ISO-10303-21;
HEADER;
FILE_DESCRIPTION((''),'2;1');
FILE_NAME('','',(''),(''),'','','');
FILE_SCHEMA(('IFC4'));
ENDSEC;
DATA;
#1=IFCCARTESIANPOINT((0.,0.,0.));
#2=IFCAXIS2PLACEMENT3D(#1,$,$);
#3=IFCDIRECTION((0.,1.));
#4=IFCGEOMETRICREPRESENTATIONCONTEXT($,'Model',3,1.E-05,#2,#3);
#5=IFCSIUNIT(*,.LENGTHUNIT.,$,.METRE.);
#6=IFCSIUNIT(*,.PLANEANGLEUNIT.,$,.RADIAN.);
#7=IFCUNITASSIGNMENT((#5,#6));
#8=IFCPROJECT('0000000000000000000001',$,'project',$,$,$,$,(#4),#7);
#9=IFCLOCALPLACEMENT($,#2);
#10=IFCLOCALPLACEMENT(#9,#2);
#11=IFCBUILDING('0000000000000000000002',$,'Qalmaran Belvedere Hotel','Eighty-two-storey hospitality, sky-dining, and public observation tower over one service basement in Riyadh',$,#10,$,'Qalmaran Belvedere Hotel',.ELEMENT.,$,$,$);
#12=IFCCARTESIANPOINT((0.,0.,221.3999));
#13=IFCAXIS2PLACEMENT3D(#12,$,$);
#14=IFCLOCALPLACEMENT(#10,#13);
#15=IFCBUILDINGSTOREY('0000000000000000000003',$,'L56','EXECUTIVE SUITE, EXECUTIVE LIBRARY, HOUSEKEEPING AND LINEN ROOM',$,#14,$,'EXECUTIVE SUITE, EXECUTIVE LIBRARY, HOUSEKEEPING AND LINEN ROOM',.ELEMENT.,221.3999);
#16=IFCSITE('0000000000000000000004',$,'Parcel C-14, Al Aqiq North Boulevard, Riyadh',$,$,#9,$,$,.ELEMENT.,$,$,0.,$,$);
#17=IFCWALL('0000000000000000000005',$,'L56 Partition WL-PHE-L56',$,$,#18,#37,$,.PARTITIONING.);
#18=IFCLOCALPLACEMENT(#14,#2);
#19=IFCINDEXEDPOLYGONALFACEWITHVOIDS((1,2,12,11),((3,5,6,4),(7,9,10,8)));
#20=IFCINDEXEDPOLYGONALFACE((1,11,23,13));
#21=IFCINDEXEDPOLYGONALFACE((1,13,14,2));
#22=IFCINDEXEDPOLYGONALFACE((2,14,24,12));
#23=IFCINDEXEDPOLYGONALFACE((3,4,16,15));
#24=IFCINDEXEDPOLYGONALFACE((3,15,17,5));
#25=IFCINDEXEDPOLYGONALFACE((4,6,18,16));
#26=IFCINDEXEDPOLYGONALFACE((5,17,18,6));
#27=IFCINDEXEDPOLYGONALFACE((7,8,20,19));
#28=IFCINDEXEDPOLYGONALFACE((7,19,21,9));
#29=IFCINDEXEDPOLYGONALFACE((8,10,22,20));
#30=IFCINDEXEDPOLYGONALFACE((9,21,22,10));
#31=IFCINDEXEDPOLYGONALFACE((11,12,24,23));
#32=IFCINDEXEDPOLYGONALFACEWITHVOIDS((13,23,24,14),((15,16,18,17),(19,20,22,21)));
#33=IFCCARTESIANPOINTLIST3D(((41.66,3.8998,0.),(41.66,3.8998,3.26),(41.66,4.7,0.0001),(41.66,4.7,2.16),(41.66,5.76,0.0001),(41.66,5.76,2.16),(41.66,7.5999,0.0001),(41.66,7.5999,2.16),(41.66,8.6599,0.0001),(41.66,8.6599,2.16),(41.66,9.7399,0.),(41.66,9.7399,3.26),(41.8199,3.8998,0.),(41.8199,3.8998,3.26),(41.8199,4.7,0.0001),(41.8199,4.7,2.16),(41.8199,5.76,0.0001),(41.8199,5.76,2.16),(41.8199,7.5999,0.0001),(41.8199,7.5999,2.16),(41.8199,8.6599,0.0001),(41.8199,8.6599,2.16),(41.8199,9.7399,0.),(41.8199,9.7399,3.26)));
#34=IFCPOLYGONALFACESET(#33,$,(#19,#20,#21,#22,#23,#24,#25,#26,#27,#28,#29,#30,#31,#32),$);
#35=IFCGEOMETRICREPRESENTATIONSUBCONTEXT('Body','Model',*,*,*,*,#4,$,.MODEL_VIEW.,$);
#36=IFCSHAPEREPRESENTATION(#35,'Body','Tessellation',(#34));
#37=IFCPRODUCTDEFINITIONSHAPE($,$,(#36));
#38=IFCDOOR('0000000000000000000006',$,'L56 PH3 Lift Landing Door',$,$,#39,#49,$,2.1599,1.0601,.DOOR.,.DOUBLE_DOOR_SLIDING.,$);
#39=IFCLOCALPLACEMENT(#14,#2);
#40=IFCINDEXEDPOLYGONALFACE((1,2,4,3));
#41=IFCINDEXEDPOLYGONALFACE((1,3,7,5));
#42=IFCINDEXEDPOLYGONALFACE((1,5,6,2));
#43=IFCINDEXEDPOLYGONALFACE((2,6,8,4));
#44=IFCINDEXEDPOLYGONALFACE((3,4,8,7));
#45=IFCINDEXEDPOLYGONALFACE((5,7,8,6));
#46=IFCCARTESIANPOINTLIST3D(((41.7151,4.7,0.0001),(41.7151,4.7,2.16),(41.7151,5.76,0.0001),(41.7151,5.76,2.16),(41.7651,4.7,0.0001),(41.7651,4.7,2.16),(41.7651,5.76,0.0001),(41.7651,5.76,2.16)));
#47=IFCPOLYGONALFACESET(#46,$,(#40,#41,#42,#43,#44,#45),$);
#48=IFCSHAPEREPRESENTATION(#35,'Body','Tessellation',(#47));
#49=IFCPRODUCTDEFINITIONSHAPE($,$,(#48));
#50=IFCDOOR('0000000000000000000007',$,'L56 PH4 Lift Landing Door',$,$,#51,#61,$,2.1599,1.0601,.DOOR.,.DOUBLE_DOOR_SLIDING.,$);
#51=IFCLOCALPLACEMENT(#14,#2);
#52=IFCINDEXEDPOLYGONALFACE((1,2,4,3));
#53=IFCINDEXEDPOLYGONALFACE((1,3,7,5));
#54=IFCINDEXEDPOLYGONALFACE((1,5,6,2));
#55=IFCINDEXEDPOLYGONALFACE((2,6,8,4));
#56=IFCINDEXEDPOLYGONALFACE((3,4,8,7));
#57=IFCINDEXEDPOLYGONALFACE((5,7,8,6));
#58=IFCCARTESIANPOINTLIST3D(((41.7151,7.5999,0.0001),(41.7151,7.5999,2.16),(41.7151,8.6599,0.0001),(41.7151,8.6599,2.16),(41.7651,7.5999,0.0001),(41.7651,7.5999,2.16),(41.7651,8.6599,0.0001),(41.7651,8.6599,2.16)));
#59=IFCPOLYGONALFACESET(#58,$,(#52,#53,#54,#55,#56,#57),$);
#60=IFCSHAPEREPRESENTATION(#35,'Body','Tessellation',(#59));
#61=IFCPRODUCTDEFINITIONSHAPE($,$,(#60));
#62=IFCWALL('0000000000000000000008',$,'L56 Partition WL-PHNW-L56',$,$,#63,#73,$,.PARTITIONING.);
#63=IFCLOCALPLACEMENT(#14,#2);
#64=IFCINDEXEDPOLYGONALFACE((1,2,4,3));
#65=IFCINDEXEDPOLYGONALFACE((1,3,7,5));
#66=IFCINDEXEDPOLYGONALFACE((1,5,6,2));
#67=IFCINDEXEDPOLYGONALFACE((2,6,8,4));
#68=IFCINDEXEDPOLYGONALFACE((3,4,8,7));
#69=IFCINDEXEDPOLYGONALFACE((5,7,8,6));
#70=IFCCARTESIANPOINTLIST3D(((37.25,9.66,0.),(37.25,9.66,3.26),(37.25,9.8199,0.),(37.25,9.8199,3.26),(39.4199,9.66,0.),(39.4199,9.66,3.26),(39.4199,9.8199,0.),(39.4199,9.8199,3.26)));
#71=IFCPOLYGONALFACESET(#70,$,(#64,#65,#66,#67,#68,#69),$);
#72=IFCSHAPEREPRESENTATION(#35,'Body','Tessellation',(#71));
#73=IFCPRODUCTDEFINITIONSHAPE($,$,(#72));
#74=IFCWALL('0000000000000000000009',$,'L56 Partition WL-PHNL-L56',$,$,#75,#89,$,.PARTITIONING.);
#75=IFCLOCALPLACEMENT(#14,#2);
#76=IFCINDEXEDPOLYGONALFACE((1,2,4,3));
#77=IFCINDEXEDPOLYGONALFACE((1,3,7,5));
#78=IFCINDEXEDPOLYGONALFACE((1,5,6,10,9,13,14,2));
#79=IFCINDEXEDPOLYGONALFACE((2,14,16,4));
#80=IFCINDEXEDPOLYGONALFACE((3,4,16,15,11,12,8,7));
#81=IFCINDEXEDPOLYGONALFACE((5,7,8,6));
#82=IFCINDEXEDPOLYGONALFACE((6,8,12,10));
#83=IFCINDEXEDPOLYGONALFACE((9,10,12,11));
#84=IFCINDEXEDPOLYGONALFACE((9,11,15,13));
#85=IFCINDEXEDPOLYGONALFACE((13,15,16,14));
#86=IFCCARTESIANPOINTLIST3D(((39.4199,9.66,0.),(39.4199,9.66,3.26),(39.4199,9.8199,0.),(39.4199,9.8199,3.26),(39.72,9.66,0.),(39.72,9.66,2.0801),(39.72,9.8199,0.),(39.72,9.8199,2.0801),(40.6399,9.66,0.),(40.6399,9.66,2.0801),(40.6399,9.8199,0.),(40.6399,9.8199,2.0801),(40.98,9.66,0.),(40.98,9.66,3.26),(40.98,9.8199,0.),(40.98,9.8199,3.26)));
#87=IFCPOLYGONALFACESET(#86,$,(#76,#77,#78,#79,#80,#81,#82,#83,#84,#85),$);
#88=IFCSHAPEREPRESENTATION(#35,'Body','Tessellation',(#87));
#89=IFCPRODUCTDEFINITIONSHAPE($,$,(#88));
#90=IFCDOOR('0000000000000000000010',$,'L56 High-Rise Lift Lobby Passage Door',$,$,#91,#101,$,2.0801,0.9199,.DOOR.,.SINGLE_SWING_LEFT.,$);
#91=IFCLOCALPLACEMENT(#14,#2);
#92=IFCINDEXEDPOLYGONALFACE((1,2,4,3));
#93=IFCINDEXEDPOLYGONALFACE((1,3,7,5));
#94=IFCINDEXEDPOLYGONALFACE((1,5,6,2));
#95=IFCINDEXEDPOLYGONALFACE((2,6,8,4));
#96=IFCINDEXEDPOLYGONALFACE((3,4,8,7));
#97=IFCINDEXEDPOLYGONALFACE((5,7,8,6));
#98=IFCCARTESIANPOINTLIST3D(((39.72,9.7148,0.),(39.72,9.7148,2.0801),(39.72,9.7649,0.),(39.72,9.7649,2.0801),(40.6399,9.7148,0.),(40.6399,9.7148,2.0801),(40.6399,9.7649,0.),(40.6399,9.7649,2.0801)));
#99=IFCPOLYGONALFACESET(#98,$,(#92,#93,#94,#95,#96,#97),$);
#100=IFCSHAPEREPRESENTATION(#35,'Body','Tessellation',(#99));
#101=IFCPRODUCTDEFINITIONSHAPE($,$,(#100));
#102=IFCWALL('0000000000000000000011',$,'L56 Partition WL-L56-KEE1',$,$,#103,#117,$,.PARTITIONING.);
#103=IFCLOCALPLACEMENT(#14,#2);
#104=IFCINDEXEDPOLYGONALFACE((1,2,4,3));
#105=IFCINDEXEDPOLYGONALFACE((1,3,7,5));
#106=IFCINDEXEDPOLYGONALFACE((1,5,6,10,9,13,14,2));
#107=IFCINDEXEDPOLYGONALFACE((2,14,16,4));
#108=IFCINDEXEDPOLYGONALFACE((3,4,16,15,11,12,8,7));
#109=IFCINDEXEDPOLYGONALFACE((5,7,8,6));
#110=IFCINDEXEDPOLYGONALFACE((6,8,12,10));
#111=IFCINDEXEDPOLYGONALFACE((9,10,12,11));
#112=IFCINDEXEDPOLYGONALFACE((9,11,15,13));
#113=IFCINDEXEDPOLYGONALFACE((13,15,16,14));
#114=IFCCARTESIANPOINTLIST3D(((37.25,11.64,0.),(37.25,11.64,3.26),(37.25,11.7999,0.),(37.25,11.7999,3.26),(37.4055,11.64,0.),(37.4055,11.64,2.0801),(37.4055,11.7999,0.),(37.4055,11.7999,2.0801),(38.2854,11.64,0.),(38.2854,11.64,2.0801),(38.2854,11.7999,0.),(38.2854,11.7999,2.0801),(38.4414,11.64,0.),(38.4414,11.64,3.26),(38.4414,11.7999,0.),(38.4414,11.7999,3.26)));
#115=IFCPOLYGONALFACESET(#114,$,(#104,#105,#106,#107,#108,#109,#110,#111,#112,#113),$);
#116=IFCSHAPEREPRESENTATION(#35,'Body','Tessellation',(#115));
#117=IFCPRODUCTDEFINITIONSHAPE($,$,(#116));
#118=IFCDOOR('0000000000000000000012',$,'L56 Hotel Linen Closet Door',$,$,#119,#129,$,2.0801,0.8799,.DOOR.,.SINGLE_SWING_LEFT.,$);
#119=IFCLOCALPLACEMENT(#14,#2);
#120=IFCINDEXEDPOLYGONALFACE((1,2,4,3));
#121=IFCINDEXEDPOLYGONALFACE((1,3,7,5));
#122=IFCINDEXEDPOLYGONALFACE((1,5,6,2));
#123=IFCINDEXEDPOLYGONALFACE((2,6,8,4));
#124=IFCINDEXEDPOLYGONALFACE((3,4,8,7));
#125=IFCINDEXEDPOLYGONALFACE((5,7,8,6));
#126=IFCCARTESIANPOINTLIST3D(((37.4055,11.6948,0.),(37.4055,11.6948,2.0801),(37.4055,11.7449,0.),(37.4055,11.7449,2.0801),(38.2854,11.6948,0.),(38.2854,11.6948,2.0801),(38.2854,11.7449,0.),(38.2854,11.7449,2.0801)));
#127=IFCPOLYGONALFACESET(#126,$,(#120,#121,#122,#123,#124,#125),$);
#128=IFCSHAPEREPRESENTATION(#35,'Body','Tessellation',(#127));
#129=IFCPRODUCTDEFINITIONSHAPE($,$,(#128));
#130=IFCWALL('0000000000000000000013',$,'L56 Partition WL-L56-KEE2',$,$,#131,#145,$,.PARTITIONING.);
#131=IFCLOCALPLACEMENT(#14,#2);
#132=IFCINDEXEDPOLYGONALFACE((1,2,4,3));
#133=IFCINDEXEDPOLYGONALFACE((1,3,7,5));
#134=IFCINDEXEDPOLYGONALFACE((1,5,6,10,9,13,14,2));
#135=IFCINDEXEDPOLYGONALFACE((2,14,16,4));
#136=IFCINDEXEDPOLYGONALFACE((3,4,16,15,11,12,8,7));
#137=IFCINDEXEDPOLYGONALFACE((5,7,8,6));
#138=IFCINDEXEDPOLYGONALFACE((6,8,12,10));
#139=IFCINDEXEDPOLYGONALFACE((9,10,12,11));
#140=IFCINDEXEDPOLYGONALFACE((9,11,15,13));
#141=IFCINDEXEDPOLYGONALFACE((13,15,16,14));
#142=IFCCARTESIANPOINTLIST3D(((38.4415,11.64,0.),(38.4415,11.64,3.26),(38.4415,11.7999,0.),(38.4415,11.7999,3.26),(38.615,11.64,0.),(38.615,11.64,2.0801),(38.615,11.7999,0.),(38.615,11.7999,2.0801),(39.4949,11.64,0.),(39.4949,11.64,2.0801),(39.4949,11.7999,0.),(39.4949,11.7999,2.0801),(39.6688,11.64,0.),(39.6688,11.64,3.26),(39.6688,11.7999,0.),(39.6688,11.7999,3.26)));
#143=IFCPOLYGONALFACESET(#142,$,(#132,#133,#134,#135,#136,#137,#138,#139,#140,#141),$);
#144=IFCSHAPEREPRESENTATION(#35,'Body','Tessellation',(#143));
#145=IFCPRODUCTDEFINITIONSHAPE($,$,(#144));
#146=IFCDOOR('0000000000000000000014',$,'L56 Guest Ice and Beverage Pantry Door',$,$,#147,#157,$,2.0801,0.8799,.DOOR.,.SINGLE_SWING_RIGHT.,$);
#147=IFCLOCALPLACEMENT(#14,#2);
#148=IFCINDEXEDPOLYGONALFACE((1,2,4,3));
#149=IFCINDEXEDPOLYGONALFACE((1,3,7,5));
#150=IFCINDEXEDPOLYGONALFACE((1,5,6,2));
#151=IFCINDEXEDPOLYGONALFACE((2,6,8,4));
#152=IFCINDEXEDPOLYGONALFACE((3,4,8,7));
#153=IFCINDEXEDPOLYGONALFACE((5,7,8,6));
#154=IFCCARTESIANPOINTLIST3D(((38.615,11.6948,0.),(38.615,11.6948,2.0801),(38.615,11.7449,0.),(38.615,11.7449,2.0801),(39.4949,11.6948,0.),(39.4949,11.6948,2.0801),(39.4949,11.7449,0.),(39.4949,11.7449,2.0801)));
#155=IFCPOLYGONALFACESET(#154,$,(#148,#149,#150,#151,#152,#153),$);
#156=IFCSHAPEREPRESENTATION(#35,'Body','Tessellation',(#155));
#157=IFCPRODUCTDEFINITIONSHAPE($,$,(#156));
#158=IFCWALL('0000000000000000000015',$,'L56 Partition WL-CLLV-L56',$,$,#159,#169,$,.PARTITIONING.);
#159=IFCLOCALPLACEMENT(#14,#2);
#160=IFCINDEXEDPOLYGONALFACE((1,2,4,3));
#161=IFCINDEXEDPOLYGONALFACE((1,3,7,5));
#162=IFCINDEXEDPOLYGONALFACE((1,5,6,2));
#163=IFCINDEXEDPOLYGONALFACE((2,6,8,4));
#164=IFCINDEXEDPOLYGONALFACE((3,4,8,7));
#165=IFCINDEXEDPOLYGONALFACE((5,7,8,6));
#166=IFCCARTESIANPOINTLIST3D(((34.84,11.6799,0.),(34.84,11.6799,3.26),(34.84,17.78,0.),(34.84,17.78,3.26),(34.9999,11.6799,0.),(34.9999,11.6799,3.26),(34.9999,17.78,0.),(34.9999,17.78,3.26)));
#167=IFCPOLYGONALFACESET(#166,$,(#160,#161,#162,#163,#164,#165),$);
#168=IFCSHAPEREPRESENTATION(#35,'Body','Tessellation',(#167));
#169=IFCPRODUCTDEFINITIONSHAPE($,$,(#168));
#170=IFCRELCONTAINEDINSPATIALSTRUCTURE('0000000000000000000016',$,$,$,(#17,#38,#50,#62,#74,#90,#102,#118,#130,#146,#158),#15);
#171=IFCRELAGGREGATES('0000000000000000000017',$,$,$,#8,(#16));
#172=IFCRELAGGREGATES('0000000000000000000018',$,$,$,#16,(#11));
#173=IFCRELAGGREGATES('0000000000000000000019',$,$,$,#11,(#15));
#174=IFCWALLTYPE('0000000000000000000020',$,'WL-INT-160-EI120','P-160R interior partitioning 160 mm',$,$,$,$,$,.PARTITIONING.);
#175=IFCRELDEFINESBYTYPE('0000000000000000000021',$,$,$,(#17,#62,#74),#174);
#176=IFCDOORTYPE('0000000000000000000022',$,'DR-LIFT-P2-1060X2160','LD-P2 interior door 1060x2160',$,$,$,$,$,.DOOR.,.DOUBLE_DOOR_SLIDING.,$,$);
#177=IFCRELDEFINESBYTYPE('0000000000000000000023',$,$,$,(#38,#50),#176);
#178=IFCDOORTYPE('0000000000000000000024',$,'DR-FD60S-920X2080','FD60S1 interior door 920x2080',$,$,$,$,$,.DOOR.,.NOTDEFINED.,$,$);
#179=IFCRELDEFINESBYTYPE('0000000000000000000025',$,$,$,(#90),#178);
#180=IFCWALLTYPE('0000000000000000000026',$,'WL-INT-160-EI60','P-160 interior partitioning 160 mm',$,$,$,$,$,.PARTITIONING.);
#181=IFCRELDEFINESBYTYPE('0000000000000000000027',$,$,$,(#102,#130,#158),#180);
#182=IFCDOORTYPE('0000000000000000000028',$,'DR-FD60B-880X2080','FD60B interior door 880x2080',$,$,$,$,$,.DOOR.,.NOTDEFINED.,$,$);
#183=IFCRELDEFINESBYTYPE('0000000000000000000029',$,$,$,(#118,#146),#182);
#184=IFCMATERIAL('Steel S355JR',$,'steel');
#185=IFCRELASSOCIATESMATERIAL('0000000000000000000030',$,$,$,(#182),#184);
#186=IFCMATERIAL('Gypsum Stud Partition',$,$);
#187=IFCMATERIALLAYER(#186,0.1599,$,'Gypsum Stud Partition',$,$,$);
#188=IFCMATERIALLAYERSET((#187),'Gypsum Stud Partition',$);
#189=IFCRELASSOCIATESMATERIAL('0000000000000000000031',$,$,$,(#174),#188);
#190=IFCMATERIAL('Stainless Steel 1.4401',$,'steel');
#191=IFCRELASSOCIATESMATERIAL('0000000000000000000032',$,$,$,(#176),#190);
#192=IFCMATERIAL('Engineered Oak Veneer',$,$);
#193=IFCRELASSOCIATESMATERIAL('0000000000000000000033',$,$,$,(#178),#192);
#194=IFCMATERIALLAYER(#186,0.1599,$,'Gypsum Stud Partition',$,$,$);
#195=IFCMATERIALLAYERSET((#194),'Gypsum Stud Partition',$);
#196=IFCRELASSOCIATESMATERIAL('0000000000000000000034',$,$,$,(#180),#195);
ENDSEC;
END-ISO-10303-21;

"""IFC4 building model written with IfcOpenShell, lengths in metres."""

from ifc_helpers import new_model, si_unit, direction, frame, frame_2d, origin, place, context, subcontext, project, spatial, rectangle, extrude, material, layer, layer_set, type_object, element, fill, save


model = new_model("IFC4")

# Units and contexts
model_context = context("Model", 3, precision=1e-05, world=origin(), true_north=direction((0.0, 1.0)))
body_context = subcontext(model_context, "Body", "Model", "MODEL_VIEW")
ifc_project = project(units=[si_unit("LENGTHUNIT", "METRE"), si_unit("PLANEANGLEUNIT", "RADIAN")], contexts=[model_context])

# Site, building, storey
site_placement = place(None, origin())
site = spatial("IfcSite", under=ifc_project, at=site_placement, Name="Parcel C-14, Al Aqiq North Boulevard, Riyadh", CompositionType="ELEMENT", RefElevation=0.0)
building_placement = place(site_placement, origin())
building = spatial("IfcBuilding", under=site, at=building_placement, Name="Qalmaran Belvedere Hotel", Description="Eighty-two-storey hospitality, sky-dining, and public observation tower over one service basement in Riyadh", LongName="Qalmaran Belvedere Hotel", CompositionType="ELEMENT")
storey_placement = place(building_placement, frame((0.0, 0.0, 221.3999)))
storey = spatial("IfcBuildingStorey", under=building, at=storey_placement, Name="L56", Description="EXECUTIVE SUITE, EXECUTIVE LIBRARY, HOUSEKEEPING AND LINEN ROOM", LongName="EXECUTIVE SUITE, EXECUTIVE LIBRARY, HOUSEKEEPING AND LINEN ROOM", CompositionType="ELEMENT", Elevation=221.3999)

# Shared definitions
ifc_material_1 = material(Name="Steel S355JR", Category="steel")

# Shared definitions
ifc_material_2 = material(Name="Gypsum Stud Partition")

# Shared definitions
door_type_1 = type_object("IfcDoorType", Name="DR-FD60B-880X2080", Description="FD60B interior door 880x2080", OperationType="NOTDEFINED", PredefinedType="DOOR", material=ifc_material_1)

# Wall, openings, doors
ifc_layer_1 = layer(ifc_material_2, 0.1599, Name="Gypsum Stud Partition")
ifc_layer_set_1 = layer_set([ifc_layer_1], Name="Gypsum Stud Partition")
wall_type_1 = type_object("IfcWallType", Name="WL-INT-160-EI120", Description="P-160R interior partitioning 160 mm", PredefinedType="PARTITIONING", material=ifc_layer_set_1)
ifc_material_3 = material(Name="Stainless Steel 1.4401", Category="steel")
door_type_2 = type_object("IfcDoorType", Name="DR-LIFT-P2-1060X2160", Description="LD-P2 interior door 1060x2160", OperationType="DOUBLE_DOOR_SLIDING", PredefinedType="DOOR", material=ifc_material_3)
wall_1_placement = place(storey_placement, frame((41.74, 3.8999, 0.0), z_axis=(0.0, 0.0, 1.0), x_axis=(0.0, 1.0, 0.0)))
wall_1 = element("IfcWall", 1, at=wall_1_placement, inside=storey, type_object=wall_type_1, Name="L56 Partition WL-PHE-L56", PredefinedType="PARTITIONING", context=body_context, shape_type="SweptSolid", body=[
    extrude(rectangle(XDim=5.8401, YDim=0.1599, at=frame_2d((2.9199, 0.0))), origin(), (0.0, 0.0, 1.0), 3.26),
])
opening_1_placement = place(wall_1_placement, frame((0.8, 0.0, 0.0)))
opening_1 = element("IfcOpeningElement", 2, at=opening_1_placement, cuts=wall_1, PredefinedType="OPENING", context=body_context, shape_type="SweptSolid", body=[
    extrude(rectangle(XDim=1.0601, YDim=2.1599, at=frame_2d((0.53, 1.0801))), frame((0.0, 0.0898, 0.0), z_axis=(0.0, -1.0, 0.0), x_axis=(1.0, 0.0, 0.0)), (0.0, 0.0, 1.0), 0.1799),
])
opening_2_placement = place(wall_1_placement, frame((3.7, 0.0, 0.0)))
opening_2 = element("IfcOpeningElement", 3, at=opening_2_placement, cuts=wall_1, PredefinedType="OPENING", context=body_context, shape_type="SweptSolid", body=[
    extrude(rectangle(XDim=1.0601, YDim=2.1599, at=frame_2d((0.53, 1.0801))), frame((0.0, 0.0898, 0.0), z_axis=(0.0, -1.0, 0.0), x_axis=(1.0, 0.0, 0.0)), (0.0, 0.0, 1.0), 0.1799),
])
door_1_placement = place(opening_1_placement, origin())
door_1 = element("IfcDoor", 4, at=door_1_placement, inside=storey, type_object=door_type_2, Name="L56 PH3 Lift Landing Door", OperationType="DOUBLE_DOOR_SLIDING", OverallHeight=2.1599, OverallWidth=1.0601, PredefinedType="DOOR", context=body_context, shape_type="SweptSolid", body=[
    extrude(rectangle(XDim=1.0601, YDim=2.1599, at=frame_2d((0.53, 1.0801))), frame((0.0, 0.0249, 0.0), z_axis=(0.0, -1.0, 0.0), x_axis=(1.0, 0.0, 0.0)), (0.0, 0.0, 1.0), 0.05),
])
fill(opening_1, door_1)
door_2_placement = place(opening_2_placement, origin())
door_2 = element("IfcDoor", 5, at=door_2_placement, inside=storey, type_object=door_type_2, Name="L56 PH4 Lift Landing Door", OperationType="DOUBLE_DOOR_SLIDING", OverallHeight=2.1599, OverallWidth=1.0601, PredefinedType="DOOR", context=body_context, shape_type="SweptSolid", body=[
    extrude(rectangle(XDim=1.0601, YDim=2.1599, at=frame_2d((0.53, 1.0801))), frame((0.0, 0.0249, 0.0), z_axis=(0.0, -1.0, 0.0), x_axis=(1.0, 0.0, 0.0)), (0.0, 0.0, 1.0), 0.05),
])
fill(opening_2, door_2)

# Wall
wall_2_placement = place(storey_placement, frame((37.25, 9.74, 0.0), z_axis=(0.0, 0.0, 1.0), x_axis=(1.0, 0.0, 0.0)))
element("IfcWall", 6, at=wall_2_placement, inside=storey, type_object=wall_type_1, Name="L56 Partition WL-PHNW-L56", PredefinedType="PARTITIONING", context=body_context, shape_type="SweptSolid", body=[
    extrude(rectangle(XDim=2.1699, YDim=0.1599, at=frame_2d((1.085, 0.0))), origin(), (0.0, 0.0, 1.0), 3.26),
])

# Walls, openings, doors
wall_3_placement = place(storey_placement, frame((39.4199, 9.74, 0.0), z_axis=(0.0, 0.0, 1.0), x_axis=(1.0, 0.0, 0.0)))
wall_3 = element("IfcWall", 7, at=wall_3_placement, inside=storey, type_object=wall_type_1, Name="L56 Partition WL-PHNL-L56", PredefinedType="PARTITIONING", context=body_context, shape_type="SweptSolid", body=[
    extrude(rectangle(XDim=1.5601, YDim=0.1599, at=frame_2d((0.78, 0.0))), origin(), (0.0, 0.0, 1.0), 3.26),
])
opening_3_placement = place(wall_3_placement, frame((0.3, 0.0, 0.0)))
opening_3 = element("IfcOpeningElement", 8, at=opening_3_placement, cuts=wall_3, PredefinedType="OPENING", context=body_context, shape_type="SweptSolid", body=[
    extrude(rectangle(XDim=0.9199, YDim=2.0801, at=frame_2d((0.46, 1.04))), frame((0.0, 0.0898, 0.0), z_axis=(0.0, -1.0, 0.0), x_axis=(1.0, 0.0, 0.0)), (0.0, 0.0, 1.0), 0.1799),
])
ifc_material_4 = material(Name="Engineered Oak Veneer")
door_type_3 = type_object("IfcDoorType", Name="DR-FD60S-920X2080", Description="FD60S1 interior door 920x2080", OperationType="NOTDEFINED", PredefinedType="DOOR", material=ifc_material_4)
door_3_placement = place(opening_3_placement, origin())
door_3 = element("IfcDoor", 9, at=door_3_placement, inside=storey, type_object=door_type_3, Name="L56 High-Rise Lift Lobby Passage Door", OperationType="SINGLE_SWING_LEFT", OverallHeight=2.0801, OverallWidth=0.9199, PredefinedType="DOOR", context=body_context, shape_type="SweptSolid", body=[
    extrude(rectangle(XDim=0.9199, YDim=2.0801, at=frame_2d((0.46, 1.04))), frame((0.0, 0.0249, 0.0), z_axis=(0.0, -1.0, 0.0), x_axis=(1.0, 0.0, 0.0)), (0.0, 0.0, 1.0), 0.05),
])
fill(opening_3, door_3)
ifc_layer_2 = layer(ifc_material_2, 0.1599, Name="Gypsum Stud Partition")
ifc_layer_set_2 = layer_set([ifc_layer_2], Name="Gypsum Stud Partition")
wall_type_2 = type_object("IfcWallType", Name="WL-INT-160-EI60", Description="P-160 interior partitioning 160 mm", PredefinedType="PARTITIONING", material=ifc_layer_set_2)
wall_4_placement = place(storey_placement, frame((37.25, 11.72, 0.0), z_axis=(0.0, 0.0, 1.0), x_axis=(1.0, 0.0, 0.0)))
wall_4 = element("IfcWall", 10, at=wall_4_placement, inside=storey, type_object=wall_type_2, Name="L56 Partition WL-L56-KEE1", PredefinedType="PARTITIONING", context=body_context, shape_type="SweptSolid", body=[
    extrude(rectangle(XDim=1.1914, YDim=0.1599, at=frame_2d((0.5957, 0.0))), origin(), (0.0, 0.0, 1.0), 3.26),
])
opening_4_placement = place(wall_4_placement, frame((0.1555, 0.0, 0.0)))
opening_4 = element("IfcOpeningElement", 11, at=opening_4_placement, cuts=wall_4, PredefinedType="OPENING", context=body_context, shape_type="SweptSolid", body=[
    extrude(rectangle(XDim=0.8799, YDim=2.0801, at=frame_2d((0.4399, 1.04))), frame((0.0, 0.0898, 0.0), z_axis=(0.0, -1.0, 0.0), x_axis=(1.0, 0.0, 0.0)), (0.0, 0.0, 1.0), 0.1799),
])
door_4_placement = place(opening_4_placement, origin())
door_4 = element("IfcDoor", 12, at=door_4_placement, inside=storey, type_object=door_type_1, Name="L56 Hotel Linen Closet Door", OperationType="SINGLE_SWING_LEFT", OverallHeight=2.0801, OverallWidth=0.8799, PredefinedType="DOOR", context=body_context, shape_type="SweptSolid", body=[
    extrude(rectangle(XDim=0.8799, YDim=2.0801, at=frame_2d((0.4399, 1.04))), frame((0.0, 0.0249, 0.0), z_axis=(0.0, -1.0, 0.0), x_axis=(1.0, 0.0, 0.0)), (0.0, 0.0, 1.0), 0.05),
])
fill(opening_4, door_4)
wall_5_placement = place(storey_placement, frame((38.4414, 11.72, 0.0), z_axis=(0.0, 0.0, 1.0), x_axis=(1.0, 0.0, 0.0)))
wall_5 = element("IfcWall", 13, at=wall_5_placement, inside=storey, type_object=wall_type_2, Name="L56 Partition WL-L56-KEE2", PredefinedType="PARTITIONING", context=body_context, shape_type="SweptSolid", body=[
    extrude(rectangle(XDim=1.2273, YDim=0.1599, at=frame_2d((0.6138, 0.0))), origin(), (0.0, 0.0, 1.0), 3.26),
])
opening_5_placement = place(wall_5_placement, frame((0.1736, 0.0, 0.0)))
opening_5 = element("IfcOpeningElement", 14, at=opening_5_placement, cuts=wall_5, PredefinedType="OPENING", context=body_context, shape_type="SweptSolid", body=[
    extrude(rectangle(XDim=0.8799, YDim=2.0801, at=frame_2d((0.4399, 1.04))), frame((0.0, 0.0898, 0.0), z_axis=(0.0, -1.0, 0.0), x_axis=(1.0, 0.0, 0.0)), (0.0, 0.0, 1.0), 0.1799),
])
door_5_placement = place(opening_5_placement, origin())
door_5 = element("IfcDoor", 15, at=door_5_placement, inside=storey, type_object=door_type_1, Name="L56 Guest Ice and Beverage Pantry Door", OperationType="SINGLE_SWING_RIGHT", OverallHeight=2.0801, OverallWidth=0.8799, PredefinedType="DOOR", context=body_context, shape_type="SweptSolid", body=[
    extrude(rectangle(XDim=0.8799, YDim=2.0801, at=frame_2d((0.4399, 1.04))), frame((0.0, 0.0249, 0.0), z_axis=(0.0, -1.0, 0.0), x_axis=(1.0, 0.0, 0.0)), (0.0, 0.0, 1.0), 0.05),
])
fill(opening_5, door_5)

# Wall
wall_6_placement = place(storey_placement, frame((34.9199, 11.6799, 0.0), z_axis=(0.0, 0.0, 1.0), x_axis=(0.0, 1.0, 0.0)))
element("IfcWall", 16, at=wall_6_placement, inside=storey, type_object=wall_type_2, Name="L56 Partition WL-CLLV-L56", PredefinedType="PARTITIONING", context=body_context, shape_type="SweptSolid", body=[
    extrude(rectangle(XDim=6.1001, YDim=0.1599, at=frame_2d((3.05, 0.0))), origin(), (0.0, 0.0, 1.0), 3.26),
])

save(model, "model.ifc")
